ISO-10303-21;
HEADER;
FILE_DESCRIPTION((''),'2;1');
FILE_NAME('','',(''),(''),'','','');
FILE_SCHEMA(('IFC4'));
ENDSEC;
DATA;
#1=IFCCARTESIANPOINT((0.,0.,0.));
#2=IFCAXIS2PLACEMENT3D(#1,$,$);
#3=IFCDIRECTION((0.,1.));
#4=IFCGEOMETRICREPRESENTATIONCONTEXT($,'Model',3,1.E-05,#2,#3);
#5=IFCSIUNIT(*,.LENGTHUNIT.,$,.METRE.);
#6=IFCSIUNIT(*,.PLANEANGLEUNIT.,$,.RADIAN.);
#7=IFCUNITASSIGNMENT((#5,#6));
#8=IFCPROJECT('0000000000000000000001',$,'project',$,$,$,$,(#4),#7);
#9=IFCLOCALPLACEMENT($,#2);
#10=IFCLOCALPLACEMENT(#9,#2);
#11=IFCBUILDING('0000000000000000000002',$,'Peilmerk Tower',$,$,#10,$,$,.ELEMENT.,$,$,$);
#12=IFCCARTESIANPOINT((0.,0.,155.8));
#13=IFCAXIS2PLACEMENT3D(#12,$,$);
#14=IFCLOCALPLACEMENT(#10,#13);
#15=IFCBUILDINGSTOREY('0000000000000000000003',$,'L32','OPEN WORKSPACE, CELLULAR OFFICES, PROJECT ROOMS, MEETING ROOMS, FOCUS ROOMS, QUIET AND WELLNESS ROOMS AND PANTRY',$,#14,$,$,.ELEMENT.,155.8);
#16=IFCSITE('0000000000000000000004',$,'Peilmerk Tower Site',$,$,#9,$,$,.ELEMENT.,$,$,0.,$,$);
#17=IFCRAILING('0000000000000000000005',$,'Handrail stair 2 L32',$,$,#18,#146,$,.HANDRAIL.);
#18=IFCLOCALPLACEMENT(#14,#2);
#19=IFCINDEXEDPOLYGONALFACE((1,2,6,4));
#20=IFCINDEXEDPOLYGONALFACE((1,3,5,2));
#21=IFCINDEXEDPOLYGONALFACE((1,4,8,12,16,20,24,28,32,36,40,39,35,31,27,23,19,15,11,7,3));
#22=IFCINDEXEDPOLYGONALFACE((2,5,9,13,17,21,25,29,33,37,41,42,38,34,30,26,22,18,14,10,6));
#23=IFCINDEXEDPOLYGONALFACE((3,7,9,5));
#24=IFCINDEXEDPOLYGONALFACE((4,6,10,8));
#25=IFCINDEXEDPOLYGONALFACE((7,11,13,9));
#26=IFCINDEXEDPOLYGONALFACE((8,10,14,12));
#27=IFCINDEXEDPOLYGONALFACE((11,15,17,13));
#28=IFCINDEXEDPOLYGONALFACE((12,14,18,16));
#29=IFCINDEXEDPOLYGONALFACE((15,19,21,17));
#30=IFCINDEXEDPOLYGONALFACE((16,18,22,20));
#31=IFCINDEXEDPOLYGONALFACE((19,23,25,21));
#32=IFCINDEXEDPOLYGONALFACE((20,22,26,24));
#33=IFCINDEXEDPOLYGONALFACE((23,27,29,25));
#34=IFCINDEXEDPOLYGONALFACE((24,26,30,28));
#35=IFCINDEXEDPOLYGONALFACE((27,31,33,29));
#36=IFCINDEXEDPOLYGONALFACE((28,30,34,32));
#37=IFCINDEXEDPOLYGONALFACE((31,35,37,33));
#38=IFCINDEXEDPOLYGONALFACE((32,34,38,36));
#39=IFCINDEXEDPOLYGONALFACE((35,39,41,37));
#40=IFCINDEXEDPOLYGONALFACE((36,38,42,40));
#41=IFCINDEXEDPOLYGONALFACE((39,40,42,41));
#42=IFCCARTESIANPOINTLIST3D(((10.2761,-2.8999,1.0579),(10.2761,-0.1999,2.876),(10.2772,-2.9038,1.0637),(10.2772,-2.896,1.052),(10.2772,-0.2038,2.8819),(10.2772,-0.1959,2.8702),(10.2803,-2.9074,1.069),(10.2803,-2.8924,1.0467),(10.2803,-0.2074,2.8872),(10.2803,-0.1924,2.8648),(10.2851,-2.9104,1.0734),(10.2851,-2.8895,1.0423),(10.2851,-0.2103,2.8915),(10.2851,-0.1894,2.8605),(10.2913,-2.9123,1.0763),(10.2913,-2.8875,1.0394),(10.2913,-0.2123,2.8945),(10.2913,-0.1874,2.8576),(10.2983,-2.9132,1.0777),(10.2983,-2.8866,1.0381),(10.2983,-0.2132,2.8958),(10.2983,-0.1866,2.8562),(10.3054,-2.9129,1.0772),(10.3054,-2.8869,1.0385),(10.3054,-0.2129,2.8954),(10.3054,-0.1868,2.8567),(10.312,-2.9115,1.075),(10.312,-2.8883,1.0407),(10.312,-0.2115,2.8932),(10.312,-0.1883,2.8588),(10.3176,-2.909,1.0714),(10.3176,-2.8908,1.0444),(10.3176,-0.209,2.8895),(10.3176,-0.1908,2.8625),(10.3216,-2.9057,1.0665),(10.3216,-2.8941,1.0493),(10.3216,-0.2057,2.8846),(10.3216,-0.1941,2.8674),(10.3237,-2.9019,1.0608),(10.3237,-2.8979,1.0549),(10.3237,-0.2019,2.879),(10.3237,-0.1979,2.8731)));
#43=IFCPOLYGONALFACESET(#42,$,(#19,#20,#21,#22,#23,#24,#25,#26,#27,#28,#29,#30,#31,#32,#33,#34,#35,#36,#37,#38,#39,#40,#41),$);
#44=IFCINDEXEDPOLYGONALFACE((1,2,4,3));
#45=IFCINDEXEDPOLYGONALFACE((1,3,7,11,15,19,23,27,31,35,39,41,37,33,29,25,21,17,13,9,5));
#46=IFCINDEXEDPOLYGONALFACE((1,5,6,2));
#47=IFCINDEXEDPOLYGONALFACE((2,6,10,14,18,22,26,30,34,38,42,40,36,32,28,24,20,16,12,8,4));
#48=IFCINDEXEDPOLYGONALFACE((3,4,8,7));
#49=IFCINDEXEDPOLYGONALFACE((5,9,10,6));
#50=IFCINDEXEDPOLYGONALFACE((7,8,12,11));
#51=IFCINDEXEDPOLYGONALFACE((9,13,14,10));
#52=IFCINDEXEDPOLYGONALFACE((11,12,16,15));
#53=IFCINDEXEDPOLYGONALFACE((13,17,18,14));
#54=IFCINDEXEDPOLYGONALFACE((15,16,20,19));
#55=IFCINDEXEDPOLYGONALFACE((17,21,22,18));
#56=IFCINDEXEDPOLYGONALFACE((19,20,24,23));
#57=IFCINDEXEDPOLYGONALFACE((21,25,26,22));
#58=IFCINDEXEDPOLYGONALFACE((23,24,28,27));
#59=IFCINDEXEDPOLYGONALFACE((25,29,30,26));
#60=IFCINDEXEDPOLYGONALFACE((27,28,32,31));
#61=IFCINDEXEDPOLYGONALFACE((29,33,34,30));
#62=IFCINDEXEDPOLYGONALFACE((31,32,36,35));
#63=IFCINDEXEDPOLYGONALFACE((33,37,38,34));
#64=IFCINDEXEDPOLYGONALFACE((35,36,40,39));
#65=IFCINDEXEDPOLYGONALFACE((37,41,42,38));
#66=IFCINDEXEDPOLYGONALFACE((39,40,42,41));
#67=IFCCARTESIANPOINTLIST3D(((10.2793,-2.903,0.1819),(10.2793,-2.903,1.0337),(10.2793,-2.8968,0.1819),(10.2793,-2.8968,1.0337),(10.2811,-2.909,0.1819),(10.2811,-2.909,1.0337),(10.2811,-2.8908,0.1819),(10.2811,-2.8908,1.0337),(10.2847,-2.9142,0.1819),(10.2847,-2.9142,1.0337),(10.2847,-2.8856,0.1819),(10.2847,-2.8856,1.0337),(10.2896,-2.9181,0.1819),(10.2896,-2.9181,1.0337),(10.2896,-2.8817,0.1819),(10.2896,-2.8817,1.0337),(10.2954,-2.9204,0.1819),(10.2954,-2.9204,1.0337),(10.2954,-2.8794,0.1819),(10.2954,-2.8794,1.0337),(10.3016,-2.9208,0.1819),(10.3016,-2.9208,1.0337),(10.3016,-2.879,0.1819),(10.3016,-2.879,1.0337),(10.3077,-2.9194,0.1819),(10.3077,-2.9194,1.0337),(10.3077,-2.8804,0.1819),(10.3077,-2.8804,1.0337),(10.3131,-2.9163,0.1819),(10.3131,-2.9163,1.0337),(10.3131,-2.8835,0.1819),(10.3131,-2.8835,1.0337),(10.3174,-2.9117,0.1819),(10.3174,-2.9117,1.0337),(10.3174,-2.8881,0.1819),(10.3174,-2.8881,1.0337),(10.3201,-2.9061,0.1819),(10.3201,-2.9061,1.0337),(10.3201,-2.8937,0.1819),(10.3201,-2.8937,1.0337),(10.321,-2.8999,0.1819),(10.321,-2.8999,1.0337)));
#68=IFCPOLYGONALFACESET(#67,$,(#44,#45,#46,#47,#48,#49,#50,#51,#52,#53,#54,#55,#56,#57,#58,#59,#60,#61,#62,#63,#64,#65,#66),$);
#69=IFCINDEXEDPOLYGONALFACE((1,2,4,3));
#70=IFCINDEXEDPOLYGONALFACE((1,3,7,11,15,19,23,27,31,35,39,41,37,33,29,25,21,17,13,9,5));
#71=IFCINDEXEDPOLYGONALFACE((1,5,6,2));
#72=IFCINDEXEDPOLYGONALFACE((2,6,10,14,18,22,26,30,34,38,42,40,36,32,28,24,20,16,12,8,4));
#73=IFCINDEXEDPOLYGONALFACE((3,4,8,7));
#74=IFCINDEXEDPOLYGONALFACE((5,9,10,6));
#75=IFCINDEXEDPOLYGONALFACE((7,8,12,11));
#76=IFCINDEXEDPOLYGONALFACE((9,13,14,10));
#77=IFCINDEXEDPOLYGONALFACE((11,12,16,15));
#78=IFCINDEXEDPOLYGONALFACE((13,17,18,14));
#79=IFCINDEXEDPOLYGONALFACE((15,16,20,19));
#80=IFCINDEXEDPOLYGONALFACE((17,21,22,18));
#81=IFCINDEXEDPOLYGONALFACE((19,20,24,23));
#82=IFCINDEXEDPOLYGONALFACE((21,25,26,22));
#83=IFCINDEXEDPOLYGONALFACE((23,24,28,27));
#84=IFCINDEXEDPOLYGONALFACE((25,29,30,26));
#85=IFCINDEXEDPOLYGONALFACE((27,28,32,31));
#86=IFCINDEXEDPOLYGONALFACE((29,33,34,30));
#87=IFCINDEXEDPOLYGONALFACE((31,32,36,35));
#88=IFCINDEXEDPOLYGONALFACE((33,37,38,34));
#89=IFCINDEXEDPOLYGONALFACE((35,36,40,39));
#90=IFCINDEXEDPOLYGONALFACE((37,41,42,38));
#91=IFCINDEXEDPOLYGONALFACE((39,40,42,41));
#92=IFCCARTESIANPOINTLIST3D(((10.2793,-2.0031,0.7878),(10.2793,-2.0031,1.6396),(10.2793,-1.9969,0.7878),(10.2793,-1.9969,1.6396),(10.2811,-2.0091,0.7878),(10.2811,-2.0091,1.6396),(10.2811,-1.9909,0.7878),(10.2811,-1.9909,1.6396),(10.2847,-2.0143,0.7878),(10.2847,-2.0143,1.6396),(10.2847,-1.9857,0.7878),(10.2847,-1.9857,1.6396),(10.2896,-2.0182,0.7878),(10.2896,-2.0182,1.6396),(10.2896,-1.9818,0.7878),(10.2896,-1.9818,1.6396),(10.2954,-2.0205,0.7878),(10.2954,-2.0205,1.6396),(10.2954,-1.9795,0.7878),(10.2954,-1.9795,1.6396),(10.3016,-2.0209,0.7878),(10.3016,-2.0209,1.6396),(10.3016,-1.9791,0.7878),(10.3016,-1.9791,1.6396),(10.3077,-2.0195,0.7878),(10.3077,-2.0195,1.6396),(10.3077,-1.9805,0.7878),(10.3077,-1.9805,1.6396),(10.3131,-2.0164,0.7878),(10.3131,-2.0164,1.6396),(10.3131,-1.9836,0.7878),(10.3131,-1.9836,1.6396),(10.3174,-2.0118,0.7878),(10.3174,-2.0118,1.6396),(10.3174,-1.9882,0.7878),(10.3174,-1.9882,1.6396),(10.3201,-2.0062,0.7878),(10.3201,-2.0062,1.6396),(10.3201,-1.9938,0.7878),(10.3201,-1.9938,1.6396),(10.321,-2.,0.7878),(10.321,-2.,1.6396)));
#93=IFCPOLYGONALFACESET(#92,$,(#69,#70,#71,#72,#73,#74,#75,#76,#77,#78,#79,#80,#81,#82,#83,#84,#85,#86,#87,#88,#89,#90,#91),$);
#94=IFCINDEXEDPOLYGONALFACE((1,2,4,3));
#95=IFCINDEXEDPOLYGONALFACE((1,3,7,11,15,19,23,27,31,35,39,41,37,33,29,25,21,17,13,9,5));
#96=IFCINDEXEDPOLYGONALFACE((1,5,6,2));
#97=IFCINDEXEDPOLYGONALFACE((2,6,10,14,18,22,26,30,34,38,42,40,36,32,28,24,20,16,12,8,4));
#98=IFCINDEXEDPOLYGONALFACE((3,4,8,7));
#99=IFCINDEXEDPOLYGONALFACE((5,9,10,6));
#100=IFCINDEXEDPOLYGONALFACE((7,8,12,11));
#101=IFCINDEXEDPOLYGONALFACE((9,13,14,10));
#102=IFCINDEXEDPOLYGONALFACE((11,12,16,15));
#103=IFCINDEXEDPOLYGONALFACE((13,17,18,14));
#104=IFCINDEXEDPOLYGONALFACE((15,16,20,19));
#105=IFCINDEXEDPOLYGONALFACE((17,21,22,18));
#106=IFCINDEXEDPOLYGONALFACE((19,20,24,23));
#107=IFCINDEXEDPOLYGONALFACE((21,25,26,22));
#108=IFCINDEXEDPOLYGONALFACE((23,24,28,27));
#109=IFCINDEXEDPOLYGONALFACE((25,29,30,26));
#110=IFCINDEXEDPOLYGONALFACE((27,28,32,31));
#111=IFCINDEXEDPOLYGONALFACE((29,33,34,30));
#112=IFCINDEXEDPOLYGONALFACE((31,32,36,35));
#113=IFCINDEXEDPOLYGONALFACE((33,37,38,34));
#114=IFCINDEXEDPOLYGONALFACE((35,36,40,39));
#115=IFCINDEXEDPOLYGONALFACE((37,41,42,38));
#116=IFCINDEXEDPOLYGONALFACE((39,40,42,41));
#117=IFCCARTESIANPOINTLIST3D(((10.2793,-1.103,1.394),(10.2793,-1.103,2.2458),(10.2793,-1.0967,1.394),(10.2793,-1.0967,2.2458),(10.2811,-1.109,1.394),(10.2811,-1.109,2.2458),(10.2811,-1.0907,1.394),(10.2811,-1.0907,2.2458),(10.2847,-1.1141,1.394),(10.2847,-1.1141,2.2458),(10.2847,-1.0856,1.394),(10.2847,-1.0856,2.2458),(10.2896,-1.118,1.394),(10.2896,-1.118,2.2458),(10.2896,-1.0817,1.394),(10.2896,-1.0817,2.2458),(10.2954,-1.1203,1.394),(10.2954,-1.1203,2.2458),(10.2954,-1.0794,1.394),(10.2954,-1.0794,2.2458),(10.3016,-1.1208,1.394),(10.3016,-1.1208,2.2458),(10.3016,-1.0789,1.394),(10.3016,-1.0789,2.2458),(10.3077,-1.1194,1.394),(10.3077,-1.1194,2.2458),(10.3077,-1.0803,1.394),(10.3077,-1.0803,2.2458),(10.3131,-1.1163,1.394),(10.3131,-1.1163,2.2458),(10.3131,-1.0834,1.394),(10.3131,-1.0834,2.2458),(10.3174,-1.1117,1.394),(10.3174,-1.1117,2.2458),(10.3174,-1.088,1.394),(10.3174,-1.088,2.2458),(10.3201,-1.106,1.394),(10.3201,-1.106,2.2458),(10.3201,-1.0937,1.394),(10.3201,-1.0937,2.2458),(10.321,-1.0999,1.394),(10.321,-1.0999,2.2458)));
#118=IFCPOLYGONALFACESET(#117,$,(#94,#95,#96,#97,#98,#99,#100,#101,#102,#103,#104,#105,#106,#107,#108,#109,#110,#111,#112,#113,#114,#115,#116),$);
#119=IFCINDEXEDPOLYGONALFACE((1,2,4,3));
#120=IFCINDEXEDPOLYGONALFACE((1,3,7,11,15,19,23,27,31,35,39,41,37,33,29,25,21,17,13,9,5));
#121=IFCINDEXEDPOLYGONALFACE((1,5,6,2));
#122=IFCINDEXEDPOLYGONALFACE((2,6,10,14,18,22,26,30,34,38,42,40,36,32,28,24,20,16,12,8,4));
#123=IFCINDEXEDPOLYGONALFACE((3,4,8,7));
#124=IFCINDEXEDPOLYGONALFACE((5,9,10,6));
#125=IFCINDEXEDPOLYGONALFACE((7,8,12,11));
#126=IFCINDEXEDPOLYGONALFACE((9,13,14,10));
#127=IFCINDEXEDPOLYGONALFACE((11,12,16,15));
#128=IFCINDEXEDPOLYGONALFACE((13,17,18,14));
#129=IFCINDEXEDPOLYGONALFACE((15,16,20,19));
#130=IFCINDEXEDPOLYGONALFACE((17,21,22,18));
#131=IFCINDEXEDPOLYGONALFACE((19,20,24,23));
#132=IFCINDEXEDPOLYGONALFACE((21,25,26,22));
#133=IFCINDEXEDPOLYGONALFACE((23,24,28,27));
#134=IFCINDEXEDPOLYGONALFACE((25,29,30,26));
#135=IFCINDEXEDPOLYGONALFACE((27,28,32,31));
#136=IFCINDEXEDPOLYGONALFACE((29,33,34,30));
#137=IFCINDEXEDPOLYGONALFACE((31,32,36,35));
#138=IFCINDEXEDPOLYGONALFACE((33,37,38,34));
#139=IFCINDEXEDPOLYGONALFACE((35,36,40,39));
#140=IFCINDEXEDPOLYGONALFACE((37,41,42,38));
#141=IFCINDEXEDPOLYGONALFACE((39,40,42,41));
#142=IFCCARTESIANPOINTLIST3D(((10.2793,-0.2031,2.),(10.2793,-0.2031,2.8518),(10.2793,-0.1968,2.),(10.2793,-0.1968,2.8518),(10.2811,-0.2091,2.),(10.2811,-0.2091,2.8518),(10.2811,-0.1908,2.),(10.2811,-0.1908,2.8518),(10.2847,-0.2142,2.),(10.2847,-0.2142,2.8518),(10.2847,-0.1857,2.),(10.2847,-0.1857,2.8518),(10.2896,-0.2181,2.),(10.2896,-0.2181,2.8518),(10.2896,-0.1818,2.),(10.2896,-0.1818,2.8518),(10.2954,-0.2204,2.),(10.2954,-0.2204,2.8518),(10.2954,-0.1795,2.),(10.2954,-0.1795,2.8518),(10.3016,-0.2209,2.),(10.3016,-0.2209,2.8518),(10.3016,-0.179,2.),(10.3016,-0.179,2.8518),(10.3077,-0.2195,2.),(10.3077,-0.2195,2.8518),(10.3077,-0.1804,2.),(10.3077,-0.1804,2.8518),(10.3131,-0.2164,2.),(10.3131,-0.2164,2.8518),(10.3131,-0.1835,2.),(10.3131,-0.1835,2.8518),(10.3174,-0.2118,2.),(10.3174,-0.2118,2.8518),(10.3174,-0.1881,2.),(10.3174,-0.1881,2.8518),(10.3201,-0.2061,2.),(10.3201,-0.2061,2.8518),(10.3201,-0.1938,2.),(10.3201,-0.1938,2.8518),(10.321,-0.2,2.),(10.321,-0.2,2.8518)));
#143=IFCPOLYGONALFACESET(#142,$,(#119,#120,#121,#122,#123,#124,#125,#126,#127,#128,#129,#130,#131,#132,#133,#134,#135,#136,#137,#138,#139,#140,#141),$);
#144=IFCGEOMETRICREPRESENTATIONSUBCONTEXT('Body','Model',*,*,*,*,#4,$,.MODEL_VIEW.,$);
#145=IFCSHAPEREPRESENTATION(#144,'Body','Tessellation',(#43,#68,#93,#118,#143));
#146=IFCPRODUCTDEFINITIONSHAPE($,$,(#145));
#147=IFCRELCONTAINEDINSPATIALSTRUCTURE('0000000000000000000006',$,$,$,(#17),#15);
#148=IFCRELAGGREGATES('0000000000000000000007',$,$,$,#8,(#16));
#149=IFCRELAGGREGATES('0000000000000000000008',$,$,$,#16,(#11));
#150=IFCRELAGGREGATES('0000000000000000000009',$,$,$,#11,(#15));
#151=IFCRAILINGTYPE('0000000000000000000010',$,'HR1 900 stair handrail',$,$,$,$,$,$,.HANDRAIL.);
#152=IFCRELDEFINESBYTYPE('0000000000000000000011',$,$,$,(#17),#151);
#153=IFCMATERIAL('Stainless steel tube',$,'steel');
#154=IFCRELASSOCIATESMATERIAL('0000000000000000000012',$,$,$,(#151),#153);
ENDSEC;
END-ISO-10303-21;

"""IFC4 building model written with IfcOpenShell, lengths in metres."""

from ifc_helpers import new_model, si_unit, direction, frame, origin, origin_2d, place, context, subcontext, project, spatial, circle, extrude, material, type_object, element, save


model = new_model("IFC4")

# Units and contexts
model_context = context("Model", 3, precision=1e-05, world=origin(), true_north=direction((0.0, 1.0)))
body_context = subcontext(model_context, "Body", "Model", "MODEL_VIEW")
ifc_project = project(units=[si_unit("LENGTHUNIT", "METRE"), si_unit("PLANEANGLEUNIT", "RADIAN")], contexts=[model_context])

# Site, building, storey
site_placement = place(None, origin())
site = spatial("IfcSite", under=ifc_project, at=site_placement, Name="Peilmerk Tower Site", CompositionType="ELEMENT", RefElevation=0.0)
building_placement = place(site_placement, origin())
building = spatial("IfcBuilding", under=site, at=building_placement, Name="Peilmerk Tower", CompositionType="ELEMENT")
storey_placement = place(building_placement, frame((0.0, 0.0, 155.8)))
storey = spatial("IfcBuildingStorey", under=building, at=storey_placement, Name="L32", Description="OPEN WORKSPACE, CELLULAR OFFICES, PROJECT ROOMS, MEETING ROOMS, FOCUS ROOMS, QUIET AND WELLNESS ROOMS AND PANTRY", CompositionType="ELEMENT", Elevation=155.8)

# Railing
ifc_material_1 = material(Name="Stainless steel tube", Category="steel")
railing_type_1 = type_object("IfcRailingType", Name="HR1 900 stair handrail", PredefinedType="HANDRAIL", material=ifc_material_1)
railing_1_placement = place(storey_placement, frame((10.3, -2.8999, 0.1819)))
element("IfcRailing", 1, at=railing_1_placement, inside=storey, type_object=railing_type_1, Name="Handrail stair 2 L32", PredefinedType="HANDRAIL", context=body_context, shape_type="SweptSolid", body=[
    extrude(circle(Radius=0.0239, at=origin_2d()), frame((0.0, 0.0, 0.876), z_axis=(0.0, 0.829468, 0.558554), x_axis=(-1.0, 0.0, 0.0)), (0.0, 0.0, 1.0), 3.2551),
    extrude(circle(Radius=0.021, at=origin_2d()), origin(), (0.0, 0.0, 1.0), 0.8518),
    extrude(circle(Radius=0.021, at=origin_2d()), frame((0.0, 0.8999, 0.606)), (0.0, 0.0, 1.0), 0.8518),
    extrude(circle(Radius=0.021, at=origin_2d()), frame((0.0, 1.8, 1.2122)), (0.0, 0.0, 1.0), 0.8518),
    extrude(circle(Radius=0.021, at=origin_2d()), frame((0.0, 2.7, 1.8181)), (0.0, 0.0, 1.0), 0.8518),
])

save(model, "model.ifc")
